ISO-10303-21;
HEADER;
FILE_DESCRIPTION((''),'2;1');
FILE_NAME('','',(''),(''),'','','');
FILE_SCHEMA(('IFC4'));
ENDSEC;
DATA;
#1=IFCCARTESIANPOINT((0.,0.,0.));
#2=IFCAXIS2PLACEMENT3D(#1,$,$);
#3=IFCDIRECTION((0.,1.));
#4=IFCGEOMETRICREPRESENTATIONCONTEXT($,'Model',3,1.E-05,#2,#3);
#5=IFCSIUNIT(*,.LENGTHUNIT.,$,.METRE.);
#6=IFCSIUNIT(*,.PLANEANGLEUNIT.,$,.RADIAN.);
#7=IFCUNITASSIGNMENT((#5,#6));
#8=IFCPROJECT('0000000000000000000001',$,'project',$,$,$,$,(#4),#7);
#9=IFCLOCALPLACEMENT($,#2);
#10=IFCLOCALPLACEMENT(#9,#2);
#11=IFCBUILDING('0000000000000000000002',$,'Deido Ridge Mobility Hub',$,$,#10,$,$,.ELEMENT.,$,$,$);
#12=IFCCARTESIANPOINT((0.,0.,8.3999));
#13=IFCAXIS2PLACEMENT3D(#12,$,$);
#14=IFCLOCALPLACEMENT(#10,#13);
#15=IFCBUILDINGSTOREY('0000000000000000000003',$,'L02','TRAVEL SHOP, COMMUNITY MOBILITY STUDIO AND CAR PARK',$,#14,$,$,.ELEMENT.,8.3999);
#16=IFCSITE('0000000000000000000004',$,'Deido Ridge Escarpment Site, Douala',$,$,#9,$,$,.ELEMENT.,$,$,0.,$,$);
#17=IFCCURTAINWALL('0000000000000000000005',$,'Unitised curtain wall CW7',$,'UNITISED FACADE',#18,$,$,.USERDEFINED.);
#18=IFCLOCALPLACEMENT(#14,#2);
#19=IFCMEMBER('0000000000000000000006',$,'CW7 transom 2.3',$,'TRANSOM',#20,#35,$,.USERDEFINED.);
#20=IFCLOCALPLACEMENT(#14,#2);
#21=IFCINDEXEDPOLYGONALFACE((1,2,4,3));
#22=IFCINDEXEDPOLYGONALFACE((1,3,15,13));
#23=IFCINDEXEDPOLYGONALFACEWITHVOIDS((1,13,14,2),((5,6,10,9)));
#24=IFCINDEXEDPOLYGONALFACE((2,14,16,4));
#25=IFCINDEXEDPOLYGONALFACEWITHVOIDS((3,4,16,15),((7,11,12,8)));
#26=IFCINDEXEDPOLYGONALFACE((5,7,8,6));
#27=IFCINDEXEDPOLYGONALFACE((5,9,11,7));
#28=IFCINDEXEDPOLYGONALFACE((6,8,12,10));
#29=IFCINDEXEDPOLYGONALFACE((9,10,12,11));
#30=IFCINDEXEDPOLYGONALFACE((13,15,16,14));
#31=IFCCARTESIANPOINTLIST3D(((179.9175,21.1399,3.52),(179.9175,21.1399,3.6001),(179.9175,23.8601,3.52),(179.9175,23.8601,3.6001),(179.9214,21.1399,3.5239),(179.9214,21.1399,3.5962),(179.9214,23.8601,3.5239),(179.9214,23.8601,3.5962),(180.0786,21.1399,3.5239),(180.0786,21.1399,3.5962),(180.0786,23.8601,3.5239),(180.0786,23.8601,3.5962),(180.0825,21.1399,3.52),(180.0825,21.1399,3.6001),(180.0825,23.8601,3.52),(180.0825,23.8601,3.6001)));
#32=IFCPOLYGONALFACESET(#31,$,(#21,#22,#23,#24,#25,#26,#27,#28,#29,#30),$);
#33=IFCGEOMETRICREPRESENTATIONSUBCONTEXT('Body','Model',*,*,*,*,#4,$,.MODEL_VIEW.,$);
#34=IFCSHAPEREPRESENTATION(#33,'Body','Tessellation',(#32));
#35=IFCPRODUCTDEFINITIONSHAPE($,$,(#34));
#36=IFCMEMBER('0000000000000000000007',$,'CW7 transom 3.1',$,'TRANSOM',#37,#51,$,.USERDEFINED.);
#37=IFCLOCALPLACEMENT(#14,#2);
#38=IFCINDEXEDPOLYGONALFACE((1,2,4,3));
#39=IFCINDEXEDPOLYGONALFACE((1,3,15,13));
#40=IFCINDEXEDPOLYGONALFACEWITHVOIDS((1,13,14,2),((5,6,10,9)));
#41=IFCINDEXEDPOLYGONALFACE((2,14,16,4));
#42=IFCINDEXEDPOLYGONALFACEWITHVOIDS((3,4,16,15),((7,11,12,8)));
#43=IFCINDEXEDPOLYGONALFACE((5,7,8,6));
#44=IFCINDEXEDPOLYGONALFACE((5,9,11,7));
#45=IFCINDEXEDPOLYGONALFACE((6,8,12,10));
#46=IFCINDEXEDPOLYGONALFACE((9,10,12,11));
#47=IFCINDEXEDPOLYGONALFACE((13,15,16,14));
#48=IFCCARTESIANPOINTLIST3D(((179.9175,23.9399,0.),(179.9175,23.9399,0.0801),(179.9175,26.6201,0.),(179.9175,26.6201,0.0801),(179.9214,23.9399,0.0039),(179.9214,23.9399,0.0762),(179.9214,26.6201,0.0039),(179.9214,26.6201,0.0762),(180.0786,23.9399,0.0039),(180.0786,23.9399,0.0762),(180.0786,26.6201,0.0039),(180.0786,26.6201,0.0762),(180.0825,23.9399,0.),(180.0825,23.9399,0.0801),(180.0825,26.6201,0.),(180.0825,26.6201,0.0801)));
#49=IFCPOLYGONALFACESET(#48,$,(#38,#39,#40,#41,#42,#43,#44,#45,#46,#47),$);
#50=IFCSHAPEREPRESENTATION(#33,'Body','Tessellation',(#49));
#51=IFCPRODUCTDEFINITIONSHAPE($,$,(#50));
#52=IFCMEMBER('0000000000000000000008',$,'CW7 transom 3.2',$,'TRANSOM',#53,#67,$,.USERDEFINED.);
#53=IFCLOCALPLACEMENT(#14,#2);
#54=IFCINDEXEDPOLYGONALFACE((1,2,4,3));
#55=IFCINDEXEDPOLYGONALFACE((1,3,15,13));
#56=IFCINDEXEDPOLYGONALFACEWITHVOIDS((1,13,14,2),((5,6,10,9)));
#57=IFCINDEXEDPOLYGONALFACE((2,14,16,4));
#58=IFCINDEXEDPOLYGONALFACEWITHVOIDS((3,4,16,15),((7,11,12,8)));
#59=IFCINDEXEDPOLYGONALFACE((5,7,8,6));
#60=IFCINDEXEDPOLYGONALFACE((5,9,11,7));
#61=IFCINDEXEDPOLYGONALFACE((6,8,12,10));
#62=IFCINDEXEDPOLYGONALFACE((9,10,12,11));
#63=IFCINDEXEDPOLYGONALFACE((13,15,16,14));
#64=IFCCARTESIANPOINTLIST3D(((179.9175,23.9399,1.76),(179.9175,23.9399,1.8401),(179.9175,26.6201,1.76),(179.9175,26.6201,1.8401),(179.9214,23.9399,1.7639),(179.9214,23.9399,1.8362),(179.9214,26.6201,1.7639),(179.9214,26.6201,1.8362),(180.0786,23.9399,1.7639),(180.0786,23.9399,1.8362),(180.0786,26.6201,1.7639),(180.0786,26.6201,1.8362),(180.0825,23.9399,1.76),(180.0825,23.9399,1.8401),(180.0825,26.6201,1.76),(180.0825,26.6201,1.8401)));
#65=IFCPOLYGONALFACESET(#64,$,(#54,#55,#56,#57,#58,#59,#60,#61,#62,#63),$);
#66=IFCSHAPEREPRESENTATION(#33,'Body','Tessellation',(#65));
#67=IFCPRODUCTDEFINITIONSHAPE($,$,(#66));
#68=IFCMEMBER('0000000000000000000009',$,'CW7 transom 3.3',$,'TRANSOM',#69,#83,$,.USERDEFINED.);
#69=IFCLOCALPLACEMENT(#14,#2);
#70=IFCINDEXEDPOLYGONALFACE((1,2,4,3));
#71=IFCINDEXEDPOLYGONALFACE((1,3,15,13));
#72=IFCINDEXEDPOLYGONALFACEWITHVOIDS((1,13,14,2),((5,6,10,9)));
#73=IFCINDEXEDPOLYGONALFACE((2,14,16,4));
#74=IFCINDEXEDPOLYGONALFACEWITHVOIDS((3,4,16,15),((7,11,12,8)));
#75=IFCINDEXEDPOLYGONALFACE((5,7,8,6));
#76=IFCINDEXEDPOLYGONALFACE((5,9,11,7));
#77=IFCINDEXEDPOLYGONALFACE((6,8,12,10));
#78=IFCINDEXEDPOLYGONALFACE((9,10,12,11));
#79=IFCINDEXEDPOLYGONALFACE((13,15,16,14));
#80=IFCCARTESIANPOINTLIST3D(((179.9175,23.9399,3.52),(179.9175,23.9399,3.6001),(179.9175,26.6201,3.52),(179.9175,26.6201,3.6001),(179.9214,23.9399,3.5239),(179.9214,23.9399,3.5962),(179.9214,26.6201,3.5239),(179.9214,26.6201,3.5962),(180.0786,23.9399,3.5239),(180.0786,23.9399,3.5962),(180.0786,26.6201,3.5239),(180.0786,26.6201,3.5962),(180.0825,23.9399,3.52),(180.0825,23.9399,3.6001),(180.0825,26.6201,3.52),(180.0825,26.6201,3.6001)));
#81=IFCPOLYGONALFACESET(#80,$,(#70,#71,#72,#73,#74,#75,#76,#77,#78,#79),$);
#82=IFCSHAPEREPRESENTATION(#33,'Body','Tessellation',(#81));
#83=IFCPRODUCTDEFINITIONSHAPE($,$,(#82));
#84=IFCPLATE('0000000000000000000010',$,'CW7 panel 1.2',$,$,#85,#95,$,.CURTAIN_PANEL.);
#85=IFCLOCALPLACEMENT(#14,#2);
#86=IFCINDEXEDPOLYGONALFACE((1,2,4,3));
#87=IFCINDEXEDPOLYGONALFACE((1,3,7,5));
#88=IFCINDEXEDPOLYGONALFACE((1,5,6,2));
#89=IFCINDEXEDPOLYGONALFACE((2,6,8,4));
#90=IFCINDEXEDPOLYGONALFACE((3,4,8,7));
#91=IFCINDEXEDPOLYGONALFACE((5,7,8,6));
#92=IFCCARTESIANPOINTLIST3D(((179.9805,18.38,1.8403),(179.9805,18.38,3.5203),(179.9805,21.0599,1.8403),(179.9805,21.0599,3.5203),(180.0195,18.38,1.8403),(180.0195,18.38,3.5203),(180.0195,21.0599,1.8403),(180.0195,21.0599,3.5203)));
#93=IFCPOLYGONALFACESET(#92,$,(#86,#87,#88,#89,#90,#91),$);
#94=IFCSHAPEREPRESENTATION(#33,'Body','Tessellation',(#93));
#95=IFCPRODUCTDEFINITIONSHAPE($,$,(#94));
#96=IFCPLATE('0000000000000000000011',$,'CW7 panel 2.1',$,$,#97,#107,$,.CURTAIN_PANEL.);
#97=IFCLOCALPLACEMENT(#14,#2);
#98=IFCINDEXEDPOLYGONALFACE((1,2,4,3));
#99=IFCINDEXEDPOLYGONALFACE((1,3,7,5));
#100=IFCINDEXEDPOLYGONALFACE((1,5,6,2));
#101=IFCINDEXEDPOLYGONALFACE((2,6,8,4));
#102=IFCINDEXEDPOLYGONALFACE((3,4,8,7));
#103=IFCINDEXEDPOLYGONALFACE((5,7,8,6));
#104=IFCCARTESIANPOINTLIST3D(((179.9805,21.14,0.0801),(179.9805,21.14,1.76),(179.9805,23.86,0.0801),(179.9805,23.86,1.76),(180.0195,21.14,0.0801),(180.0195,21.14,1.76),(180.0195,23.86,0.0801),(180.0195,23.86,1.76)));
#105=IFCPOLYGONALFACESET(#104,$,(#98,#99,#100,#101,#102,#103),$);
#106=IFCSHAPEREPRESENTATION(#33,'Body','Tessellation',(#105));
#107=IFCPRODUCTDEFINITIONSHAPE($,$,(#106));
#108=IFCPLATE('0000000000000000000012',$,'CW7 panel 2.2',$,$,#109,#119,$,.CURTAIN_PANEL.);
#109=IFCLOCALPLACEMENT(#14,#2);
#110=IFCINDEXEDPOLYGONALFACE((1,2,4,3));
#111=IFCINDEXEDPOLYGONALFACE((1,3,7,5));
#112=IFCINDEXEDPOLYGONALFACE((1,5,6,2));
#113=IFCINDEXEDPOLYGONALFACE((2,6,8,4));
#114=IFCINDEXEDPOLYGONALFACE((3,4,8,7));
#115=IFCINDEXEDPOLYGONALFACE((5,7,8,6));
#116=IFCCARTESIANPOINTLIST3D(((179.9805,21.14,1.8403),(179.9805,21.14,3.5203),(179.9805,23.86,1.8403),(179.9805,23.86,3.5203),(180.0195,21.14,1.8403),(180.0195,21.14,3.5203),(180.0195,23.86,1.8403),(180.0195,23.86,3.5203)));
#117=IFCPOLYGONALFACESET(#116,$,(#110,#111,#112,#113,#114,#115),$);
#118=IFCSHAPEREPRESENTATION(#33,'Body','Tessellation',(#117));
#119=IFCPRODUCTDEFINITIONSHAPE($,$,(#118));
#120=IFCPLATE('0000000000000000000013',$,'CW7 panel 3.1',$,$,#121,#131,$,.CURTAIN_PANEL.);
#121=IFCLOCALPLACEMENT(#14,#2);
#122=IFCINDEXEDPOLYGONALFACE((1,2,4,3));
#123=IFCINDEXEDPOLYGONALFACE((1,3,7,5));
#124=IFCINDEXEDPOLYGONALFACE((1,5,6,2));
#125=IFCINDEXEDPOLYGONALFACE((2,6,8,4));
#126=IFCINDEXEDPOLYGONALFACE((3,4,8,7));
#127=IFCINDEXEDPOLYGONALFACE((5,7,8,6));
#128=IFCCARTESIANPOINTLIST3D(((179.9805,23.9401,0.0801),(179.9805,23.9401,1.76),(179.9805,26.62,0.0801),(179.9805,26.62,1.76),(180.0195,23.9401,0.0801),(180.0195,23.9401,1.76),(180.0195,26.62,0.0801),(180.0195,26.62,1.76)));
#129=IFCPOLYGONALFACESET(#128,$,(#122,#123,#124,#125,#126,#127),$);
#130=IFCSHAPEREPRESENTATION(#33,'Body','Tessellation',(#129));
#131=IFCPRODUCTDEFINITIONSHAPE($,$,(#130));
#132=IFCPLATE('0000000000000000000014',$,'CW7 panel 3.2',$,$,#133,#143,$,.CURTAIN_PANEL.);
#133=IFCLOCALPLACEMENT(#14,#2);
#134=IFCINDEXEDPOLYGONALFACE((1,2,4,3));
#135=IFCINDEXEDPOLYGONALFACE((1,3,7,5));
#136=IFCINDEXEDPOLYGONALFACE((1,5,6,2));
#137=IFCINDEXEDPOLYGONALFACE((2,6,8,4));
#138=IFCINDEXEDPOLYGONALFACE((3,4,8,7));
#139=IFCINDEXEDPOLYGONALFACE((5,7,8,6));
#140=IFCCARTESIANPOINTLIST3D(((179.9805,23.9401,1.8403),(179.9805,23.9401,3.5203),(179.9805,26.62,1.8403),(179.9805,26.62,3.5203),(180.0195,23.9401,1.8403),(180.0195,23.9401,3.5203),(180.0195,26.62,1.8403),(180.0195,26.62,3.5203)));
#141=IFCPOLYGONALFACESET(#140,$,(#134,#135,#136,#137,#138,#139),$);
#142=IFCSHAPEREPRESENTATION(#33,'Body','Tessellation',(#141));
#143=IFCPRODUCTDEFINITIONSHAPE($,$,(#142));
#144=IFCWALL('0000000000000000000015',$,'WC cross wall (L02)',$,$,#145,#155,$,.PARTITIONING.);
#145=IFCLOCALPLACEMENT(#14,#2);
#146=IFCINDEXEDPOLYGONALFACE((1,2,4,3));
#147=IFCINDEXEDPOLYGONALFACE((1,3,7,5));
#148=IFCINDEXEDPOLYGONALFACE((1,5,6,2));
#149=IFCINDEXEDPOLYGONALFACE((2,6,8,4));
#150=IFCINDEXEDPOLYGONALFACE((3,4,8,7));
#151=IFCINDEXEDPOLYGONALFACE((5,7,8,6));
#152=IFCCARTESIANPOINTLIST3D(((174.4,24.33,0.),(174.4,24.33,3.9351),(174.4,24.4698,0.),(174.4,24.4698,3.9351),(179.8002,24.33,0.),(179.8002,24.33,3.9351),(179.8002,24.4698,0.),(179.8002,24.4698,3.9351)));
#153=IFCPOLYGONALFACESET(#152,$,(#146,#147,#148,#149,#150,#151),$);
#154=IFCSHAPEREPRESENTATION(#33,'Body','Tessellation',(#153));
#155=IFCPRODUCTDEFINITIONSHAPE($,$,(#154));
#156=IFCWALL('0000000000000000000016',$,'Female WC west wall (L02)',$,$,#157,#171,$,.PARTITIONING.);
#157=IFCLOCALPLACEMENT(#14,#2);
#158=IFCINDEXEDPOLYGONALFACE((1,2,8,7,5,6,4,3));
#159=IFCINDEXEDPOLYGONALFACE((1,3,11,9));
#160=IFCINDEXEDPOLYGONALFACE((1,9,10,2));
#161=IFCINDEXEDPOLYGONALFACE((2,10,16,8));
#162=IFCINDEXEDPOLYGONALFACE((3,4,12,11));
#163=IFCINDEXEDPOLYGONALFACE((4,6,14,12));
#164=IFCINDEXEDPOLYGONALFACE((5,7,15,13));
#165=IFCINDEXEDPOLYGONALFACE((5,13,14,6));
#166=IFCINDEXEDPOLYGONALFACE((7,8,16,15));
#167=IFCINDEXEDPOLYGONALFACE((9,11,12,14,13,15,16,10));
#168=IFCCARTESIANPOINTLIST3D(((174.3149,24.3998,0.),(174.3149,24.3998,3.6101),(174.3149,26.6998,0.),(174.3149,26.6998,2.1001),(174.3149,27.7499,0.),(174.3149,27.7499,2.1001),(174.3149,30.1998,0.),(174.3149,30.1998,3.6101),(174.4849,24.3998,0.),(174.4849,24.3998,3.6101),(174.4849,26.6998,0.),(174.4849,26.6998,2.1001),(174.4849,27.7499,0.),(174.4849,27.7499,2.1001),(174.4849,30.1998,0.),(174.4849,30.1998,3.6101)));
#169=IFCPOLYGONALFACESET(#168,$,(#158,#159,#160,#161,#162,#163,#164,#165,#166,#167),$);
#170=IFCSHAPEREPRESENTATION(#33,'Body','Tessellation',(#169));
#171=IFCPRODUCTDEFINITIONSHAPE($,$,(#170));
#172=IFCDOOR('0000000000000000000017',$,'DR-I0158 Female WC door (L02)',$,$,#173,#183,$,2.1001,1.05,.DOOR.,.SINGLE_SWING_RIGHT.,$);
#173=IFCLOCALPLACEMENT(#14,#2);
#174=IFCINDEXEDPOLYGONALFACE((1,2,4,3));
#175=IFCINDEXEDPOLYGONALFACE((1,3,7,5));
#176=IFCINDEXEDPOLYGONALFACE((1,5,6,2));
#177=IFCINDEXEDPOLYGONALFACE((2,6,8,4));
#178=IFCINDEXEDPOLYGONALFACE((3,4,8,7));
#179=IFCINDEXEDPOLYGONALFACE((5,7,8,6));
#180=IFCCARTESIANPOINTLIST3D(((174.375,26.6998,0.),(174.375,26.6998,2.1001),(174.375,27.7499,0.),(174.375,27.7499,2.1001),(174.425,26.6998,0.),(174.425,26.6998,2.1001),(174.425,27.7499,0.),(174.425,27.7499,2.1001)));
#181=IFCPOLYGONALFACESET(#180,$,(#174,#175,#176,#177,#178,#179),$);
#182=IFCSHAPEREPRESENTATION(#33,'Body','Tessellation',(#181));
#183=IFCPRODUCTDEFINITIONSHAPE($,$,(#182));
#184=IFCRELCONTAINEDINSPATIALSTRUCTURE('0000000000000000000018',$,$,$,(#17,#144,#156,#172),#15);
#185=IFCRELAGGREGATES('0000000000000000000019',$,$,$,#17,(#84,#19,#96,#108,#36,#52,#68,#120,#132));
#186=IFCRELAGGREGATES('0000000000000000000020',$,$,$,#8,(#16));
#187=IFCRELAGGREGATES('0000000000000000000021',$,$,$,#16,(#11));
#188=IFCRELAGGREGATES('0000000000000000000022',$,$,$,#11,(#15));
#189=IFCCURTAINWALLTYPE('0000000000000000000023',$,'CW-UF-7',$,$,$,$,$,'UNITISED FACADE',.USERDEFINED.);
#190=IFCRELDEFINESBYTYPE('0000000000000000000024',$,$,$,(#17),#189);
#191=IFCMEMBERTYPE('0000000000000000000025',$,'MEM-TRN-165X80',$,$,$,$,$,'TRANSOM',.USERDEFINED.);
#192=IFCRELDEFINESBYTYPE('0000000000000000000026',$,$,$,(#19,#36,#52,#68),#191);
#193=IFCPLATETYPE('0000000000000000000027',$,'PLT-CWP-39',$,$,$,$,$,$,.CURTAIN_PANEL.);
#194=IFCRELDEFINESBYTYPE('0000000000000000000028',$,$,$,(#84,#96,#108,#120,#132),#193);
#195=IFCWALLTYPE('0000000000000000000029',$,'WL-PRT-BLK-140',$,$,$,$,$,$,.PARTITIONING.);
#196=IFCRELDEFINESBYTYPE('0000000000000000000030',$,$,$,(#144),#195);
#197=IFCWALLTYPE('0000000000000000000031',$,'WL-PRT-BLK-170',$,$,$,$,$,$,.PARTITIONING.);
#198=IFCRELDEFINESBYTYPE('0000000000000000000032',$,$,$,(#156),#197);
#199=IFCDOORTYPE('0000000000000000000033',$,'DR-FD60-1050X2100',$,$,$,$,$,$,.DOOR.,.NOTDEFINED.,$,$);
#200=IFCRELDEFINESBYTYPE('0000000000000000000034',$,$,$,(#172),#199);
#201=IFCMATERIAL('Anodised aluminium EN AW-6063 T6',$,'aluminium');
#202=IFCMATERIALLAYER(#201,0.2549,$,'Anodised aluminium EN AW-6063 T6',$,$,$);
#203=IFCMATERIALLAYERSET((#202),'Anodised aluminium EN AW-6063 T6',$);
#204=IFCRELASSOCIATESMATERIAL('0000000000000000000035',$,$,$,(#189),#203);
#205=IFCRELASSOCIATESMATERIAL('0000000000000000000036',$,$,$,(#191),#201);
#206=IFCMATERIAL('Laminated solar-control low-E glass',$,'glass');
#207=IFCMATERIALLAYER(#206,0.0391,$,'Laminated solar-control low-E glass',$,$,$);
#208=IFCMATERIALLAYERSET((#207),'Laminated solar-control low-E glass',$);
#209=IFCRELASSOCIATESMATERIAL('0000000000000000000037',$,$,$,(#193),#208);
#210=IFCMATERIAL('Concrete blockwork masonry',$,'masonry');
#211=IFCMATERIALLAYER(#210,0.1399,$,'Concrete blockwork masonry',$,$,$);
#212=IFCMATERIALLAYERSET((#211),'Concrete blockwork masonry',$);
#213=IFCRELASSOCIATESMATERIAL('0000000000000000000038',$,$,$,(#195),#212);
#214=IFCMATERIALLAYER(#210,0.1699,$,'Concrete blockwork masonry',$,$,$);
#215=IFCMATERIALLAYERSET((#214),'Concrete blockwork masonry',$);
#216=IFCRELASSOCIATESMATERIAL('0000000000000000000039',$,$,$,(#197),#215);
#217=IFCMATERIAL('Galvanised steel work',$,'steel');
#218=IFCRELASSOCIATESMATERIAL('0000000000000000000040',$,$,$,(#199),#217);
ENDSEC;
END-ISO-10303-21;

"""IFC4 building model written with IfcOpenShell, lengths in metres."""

from ifc_helpers import new_model, si_unit, direction, frame, frame_2d, origin, origin_2d, place, context, subcontext, project, spatial, rectangle, hollow_rectangle, extrude, material, layer, layer_set, material_profile, profile_set, type_object, element, fill, aggregate, save


model = new_model("IFC4")

# Units and contexts
model_context = context("Model", 3, precision=1e-05, world=origin(), true_north=direction((0.0, 1.0)))
body_context = subcontext(model_context, "Body", "Model", "MODEL_VIEW")
ifc_project = project(units=[si_unit("LENGTHUNIT", "METRE"), si_unit("PLANEANGLEUNIT", "RADIAN")], contexts=[model_context])

# Site, building, storey
site_placement = place(None, origin())
site = spatial("IfcSite", under=ifc_project, at=site_placement, Name="Deido Ridge Escarpment Site, Douala", CompositionType="ELEMENT", RefElevation=0.0)
building_placement = place(site_placement, origin())
building = spatial("IfcBuilding", under=site, at=building_placement, Name="Deido Ridge Mobility Hub", CompositionType="ELEMENT")
storey_placement = place(building_placement, frame((0.0, 0.0, 8.3999)))
storey = spatial("IfcBuildingStorey", under=building, at=storey_placement, Name="L02", Description="TRAVEL SHOP, COMMUNITY MOBILITY STUDIO AND CAR PARK", CompositionType="ELEMENT", Elevation=8.3999)

# Curtain wall, members, plates
ifc_material_1 = material(Name="Anodised aluminium EN AW-6063 T6", Category="aluminium")
ifc_layer_1 = layer(ifc_material_1, 0.2549, Name="Anodised aluminium EN AW-6063 T6")
ifc_layer_set_1 = layer_set([ifc_layer_1], Name="Anodised aluminium EN AW-6063 T6")
curtain_wall_type = type_object("IfcCurtainWallType", Name="CW-UF-7", ElementType="UNITISED FACADE", PredefinedType="USERDEFINED", material=ifc_layer_set_1)
curtain_wall_placement = place(storey_placement, origin())
curtain_wall = element("IfcCurtainWall", 1, at=curtain_wall_placement, inside=storey, type_object=curtain_wall_type, Name="Unitised curtain wall CW7", ObjectType="UNITISED FACADE", PredefinedType="USERDEFINED")
ifc_material_profile_1 = material_profile(ifc_material_1, hollow_rectangle(XDim=0.165, YDim=0.0801, WallThickness=0.0039, at=origin_2d()), Name="RHS 165x80x4")
ifc_profile_set_1 = profile_set([ifc_material_profile_1], Name="Anodised aluminium EN AW-6063 T6")
member_type_1 = type_object("IfcMemberType", Name="MEM-TRN-165X80", ElementType="TRANSOM", PredefinedType="USERDEFINED", material=ifc_profile_set_1)
member_1_placement = place(storey_placement, frame((180.0, 21.1399, 3.5601), z_axis=(0.0, 1.0, 0.0), x_axis=(-1.0, 0.0, 0.0)))
member_1 = element("IfcMember", 2, at=member_1_placement, type_object=member_type_1, Name="CW7 transom 2.3", ObjectType="TRANSOM", PredefinedType="USERDEFINED", context=body_context, shape_type="SweptSolid", body=[
    extrude(hollow_rectangle(XDim=0.165, YDim=0.0801, WallThickness=0.0039, at=origin_2d()), origin(), (0.0, 0.0, 1.0), 2.7202),
])
member_2_placement = place(storey_placement, frame((180.0, 23.9399, 0.04), z_axis=(0.0, 1.0, 0.0), x_axis=(-1.0, 0.0, 0.0)))
member_2 = element("IfcMember", 3, at=member_2_placement, type_object=member_type_1, Name="CW7 transom 3.1", ObjectType="TRANSOM", PredefinedType="USERDEFINED", context=body_context, shape_type="SweptSolid", body=[
    extrude(hollow_rectangle(XDim=0.165, YDim=0.0801, WallThickness=0.0039, at=origin_2d()), origin(), (0.0, 0.0, 1.0), 2.6802),
])
member_3_placement = place(storey_placement, frame((180.0, 23.9399, 1.8), z_axis=(0.0, 1.0, 0.0), x_axis=(-1.0, 0.0, 0.0)))
member_3 = element("IfcMember", 4, at=member_3_placement, type_object=member_type_1, Name="CW7 transom 3.2", ObjectType="TRANSOM", PredefinedType="USERDEFINED", context=body_context, shape_type="SweptSolid", body=[
    extrude(hollow_rectangle(XDim=0.165, YDim=0.0801, WallThickness=0.0039, at=origin_2d()), origin(), (0.0, 0.0, 1.0), 2.6802),
])
member_4_placement = place(storey_placement, frame((180.0, 23.9399, 3.5601), z_axis=(0.0, 1.0, 0.0), x_axis=(-1.0, 0.0, 0.0)))
member_4 = element("IfcMember", 5, at=member_4_placement, type_object=member_type_1, Name="CW7 transom 3.3", ObjectType="TRANSOM", PredefinedType="USERDEFINED", context=body_context, shape_type="SweptSolid", body=[
    extrude(hollow_rectangle(XDim=0.165, YDim=0.0801, WallThickness=0.0039, at=origin_2d()), origin(), (0.0, 0.0, 1.0), 2.6802),
])
ifc_material_2 = material(Name="Laminated solar-control low-E glass", Category="glass")
ifc_layer_2 = layer(ifc_material_2, 0.0391, Name="Laminated solar-control low-E glass")
ifc_layer_set_2 = layer_set([ifc_layer_2], Name="Laminated solar-control low-E glass")
plate_type = type_object("IfcPlateType", Name="PLT-CWP-39", PredefinedType="CURTAIN_PANEL", material=ifc_layer_set_2)
plate_1_placement = place(storey_placement, frame((180.0, 19.72, 1.8403), z_axis=(0.0, 0.0, 1.0), x_axis=(0.0, 1.0, 0.0)))
plate_1 = element("IfcPlate", 6, at=plate_1_placement, type_object=plate_type, Name="CW7 panel 1.2", PredefinedType="CURTAIN_PANEL", context=body_context, shape_type="SweptSolid", body=[
    extrude(rectangle(XDim=2.6799, YDim=0.0391, at=origin_2d()), origin(), (0.0, 0.0, 1.0), 1.6799),
])
plate_2_placement = place(storey_placement, frame((180.0, 22.5, 0.0801), z_axis=(0.0, 0.0, 1.0), x_axis=(0.0, 1.0, 0.0)))
plate_2 = element("IfcPlate", 7, at=plate_2_placement, type_object=plate_type, Name="CW7 panel 2.1", PredefinedType="CURTAIN_PANEL", context=body_context, shape_type="SweptSolid", body=[
    extrude(rectangle(XDim=2.72, YDim=0.0391, at=origin_2d()), origin(), (0.0, 0.0, 1.0), 1.6799),
])
plate_3_placement = place(storey_placement, frame((180.0, 22.5, 1.8403), z_axis=(0.0, 0.0, 1.0), x_axis=(0.0, 1.0, 0.0)))
plate_3 = element("IfcPlate", 8, at=plate_3_placement, type_object=plate_type, Name="CW7 panel 2.2", PredefinedType="CURTAIN_PANEL", context=body_context, shape_type="SweptSolid", body=[
    extrude(rectangle(XDim=2.72, YDim=0.0391, at=origin_2d()), origin(), (0.0, 0.0, 1.0), 1.6799),
])
plate_4_placement = place(storey_placement, frame((180.0, 25.28, 0.0801), z_axis=(0.0, 0.0, 1.0), x_axis=(0.0, 1.0, 0.0)))
plate_4 = element("IfcPlate", 9, at=plate_4_placement, type_object=plate_type, Name="CW7 panel 3.1", PredefinedType="CURTAIN_PANEL", context=body_context, shape_type="SweptSolid", body=[
    extrude(rectangle(XDim=2.6799, YDim=0.0391, at=origin_2d()), origin(), (0.0, 0.0, 1.0), 1.6799),
])
plate_5_placement = place(storey_placement, frame((180.0, 25.28, 1.8403), z_axis=(0.0, 0.0, 1.0), x_axis=(0.0, 1.0, 0.0)))
plate_5 = element("IfcPlate", 10, at=plate_5_placement, type_object=plate_type, Name="CW7 panel 3.2", PredefinedType="CURTAIN_PANEL", context=body_context, shape_type="SweptSolid", body=[
    extrude(rectangle(XDim=2.6799, YDim=0.0391, at=origin_2d()), origin(), (0.0, 0.0, 1.0), 1.6799),
])
aggregate(curtain_wall, [plate_1, member_1, plate_2, plate_3, member_2, member_3, member_4, plate_4, plate_5])

# Wall
ifc_material_3 = material(Name="Concrete blockwork masonry", Category="masonry")
ifc_layer_3 = layer(ifc_material_3, 0.1399, Name="Concrete blockwork masonry")
ifc_layer_set_3 = layer_set([ifc_layer_3], Name="Concrete blockwork masonry")
wall_type_1 = type_object("IfcWallType", Name="WL-PRT-BLK-140", PredefinedType="PARTITIONING", material=ifc_layer_set_3)
wall_1_placement = place(storey_placement, frame((174.3999, 24.3999, 0.0), z_axis=(0.0, 0.0, 1.0), x_axis=(1.0, 0.0, 0.0)))
element("IfcWall", 11, at=wall_1_placement, inside=storey, type_object=wall_type_1, Name="WC cross wall (L02)", PredefinedType="PARTITIONING", context=body_context, shape_type="SweptSolid", body=[
    extrude(rectangle(XDim=5.4001, YDim=0.1399, at=frame_2d((2.7002, 0.0))), origin(), (0.0, 0.0, 1.0), 3.9351),
])

# Wall, opening, door
ifc_layer_4 = layer(ifc_material_3, 0.1699, Name="Concrete blockwork masonry")
ifc_layer_set_4 = layer_set([ifc_layer_4], Name="Concrete blockwork masonry")
wall_type_2 = type_object("IfcWallType", Name="WL-PRT-BLK-170", PredefinedType="PARTITIONING", material=ifc_layer_set_4)
wall_2_placement = place(storey_placement, frame((174.3999, 24.3999, 0.0), z_axis=(0.0, 0.0, 1.0), x_axis=(0.0, 1.0, 0.0)))
wall_2 = element("IfcWall", 12, at=wall_2_placement, inside=storey, type_object=wall_type_2, Name="Female WC west wall (L02)", PredefinedType="PARTITIONING", context=body_context, shape_type="SweptSolid", body=[
    extrude(rectangle(XDim=5.8, YDim=0.1699, at=frame_2d((2.8999, 0.0))), origin(), (0.0, 0.0, 1.0), 3.6101),
])
opening_placement = place(wall_2_placement, frame((2.3, 0.0, 0.0)))
opening = element("IfcOpeningElement", 13, at=opening_placement, cuts=wall_2, PredefinedType="OPENING", context=body_context, shape_type="SweptSolid", body=[
    extrude(rectangle(XDim=1.05, YDim=2.1001, at=frame_2d((0.5249, 1.05))), frame((0.0, 0.095, 0.0), z_axis=(0.0, -1.0, 0.0), x_axis=(1.0, 0.0, 0.0)), (0.0, 0.0, 1.0), 0.1899),
])
ifc_material_4 = material(Name="Galvanised steel work", Category="steel")
door_type = type_object("IfcDoorType", Name="DR-FD60-1050X2100", OperationType="NOTDEFINED", PredefinedType="DOOR", material=ifc_material_4)
door_placement = place(opening_placement, origin())
door = element("IfcDoor", 14, at=door_placement, inside=storey, type_object=door_type, Name="DR-I0158 Female WC door (L02)", OperationType="SINGLE_SWING_RIGHT", OverallHeight=2.1001, OverallWidth=1.05, PredefinedType="DOOR", context=body_context, shape_type="SweptSolid", body=[
    extrude(rectangle(XDim=1.05, YDim=2.1001, at=frame_2d((0.5249, 1.05))), frame((0.0, 0.0249, 0.0), z_axis=(0.0, -1.0, 0.0), x_axis=(1.0, 0.0, 0.0)), (0.0, 0.0, 1.0), 0.05),
])
fill(opening, door)

save(model, "model.ifc")
